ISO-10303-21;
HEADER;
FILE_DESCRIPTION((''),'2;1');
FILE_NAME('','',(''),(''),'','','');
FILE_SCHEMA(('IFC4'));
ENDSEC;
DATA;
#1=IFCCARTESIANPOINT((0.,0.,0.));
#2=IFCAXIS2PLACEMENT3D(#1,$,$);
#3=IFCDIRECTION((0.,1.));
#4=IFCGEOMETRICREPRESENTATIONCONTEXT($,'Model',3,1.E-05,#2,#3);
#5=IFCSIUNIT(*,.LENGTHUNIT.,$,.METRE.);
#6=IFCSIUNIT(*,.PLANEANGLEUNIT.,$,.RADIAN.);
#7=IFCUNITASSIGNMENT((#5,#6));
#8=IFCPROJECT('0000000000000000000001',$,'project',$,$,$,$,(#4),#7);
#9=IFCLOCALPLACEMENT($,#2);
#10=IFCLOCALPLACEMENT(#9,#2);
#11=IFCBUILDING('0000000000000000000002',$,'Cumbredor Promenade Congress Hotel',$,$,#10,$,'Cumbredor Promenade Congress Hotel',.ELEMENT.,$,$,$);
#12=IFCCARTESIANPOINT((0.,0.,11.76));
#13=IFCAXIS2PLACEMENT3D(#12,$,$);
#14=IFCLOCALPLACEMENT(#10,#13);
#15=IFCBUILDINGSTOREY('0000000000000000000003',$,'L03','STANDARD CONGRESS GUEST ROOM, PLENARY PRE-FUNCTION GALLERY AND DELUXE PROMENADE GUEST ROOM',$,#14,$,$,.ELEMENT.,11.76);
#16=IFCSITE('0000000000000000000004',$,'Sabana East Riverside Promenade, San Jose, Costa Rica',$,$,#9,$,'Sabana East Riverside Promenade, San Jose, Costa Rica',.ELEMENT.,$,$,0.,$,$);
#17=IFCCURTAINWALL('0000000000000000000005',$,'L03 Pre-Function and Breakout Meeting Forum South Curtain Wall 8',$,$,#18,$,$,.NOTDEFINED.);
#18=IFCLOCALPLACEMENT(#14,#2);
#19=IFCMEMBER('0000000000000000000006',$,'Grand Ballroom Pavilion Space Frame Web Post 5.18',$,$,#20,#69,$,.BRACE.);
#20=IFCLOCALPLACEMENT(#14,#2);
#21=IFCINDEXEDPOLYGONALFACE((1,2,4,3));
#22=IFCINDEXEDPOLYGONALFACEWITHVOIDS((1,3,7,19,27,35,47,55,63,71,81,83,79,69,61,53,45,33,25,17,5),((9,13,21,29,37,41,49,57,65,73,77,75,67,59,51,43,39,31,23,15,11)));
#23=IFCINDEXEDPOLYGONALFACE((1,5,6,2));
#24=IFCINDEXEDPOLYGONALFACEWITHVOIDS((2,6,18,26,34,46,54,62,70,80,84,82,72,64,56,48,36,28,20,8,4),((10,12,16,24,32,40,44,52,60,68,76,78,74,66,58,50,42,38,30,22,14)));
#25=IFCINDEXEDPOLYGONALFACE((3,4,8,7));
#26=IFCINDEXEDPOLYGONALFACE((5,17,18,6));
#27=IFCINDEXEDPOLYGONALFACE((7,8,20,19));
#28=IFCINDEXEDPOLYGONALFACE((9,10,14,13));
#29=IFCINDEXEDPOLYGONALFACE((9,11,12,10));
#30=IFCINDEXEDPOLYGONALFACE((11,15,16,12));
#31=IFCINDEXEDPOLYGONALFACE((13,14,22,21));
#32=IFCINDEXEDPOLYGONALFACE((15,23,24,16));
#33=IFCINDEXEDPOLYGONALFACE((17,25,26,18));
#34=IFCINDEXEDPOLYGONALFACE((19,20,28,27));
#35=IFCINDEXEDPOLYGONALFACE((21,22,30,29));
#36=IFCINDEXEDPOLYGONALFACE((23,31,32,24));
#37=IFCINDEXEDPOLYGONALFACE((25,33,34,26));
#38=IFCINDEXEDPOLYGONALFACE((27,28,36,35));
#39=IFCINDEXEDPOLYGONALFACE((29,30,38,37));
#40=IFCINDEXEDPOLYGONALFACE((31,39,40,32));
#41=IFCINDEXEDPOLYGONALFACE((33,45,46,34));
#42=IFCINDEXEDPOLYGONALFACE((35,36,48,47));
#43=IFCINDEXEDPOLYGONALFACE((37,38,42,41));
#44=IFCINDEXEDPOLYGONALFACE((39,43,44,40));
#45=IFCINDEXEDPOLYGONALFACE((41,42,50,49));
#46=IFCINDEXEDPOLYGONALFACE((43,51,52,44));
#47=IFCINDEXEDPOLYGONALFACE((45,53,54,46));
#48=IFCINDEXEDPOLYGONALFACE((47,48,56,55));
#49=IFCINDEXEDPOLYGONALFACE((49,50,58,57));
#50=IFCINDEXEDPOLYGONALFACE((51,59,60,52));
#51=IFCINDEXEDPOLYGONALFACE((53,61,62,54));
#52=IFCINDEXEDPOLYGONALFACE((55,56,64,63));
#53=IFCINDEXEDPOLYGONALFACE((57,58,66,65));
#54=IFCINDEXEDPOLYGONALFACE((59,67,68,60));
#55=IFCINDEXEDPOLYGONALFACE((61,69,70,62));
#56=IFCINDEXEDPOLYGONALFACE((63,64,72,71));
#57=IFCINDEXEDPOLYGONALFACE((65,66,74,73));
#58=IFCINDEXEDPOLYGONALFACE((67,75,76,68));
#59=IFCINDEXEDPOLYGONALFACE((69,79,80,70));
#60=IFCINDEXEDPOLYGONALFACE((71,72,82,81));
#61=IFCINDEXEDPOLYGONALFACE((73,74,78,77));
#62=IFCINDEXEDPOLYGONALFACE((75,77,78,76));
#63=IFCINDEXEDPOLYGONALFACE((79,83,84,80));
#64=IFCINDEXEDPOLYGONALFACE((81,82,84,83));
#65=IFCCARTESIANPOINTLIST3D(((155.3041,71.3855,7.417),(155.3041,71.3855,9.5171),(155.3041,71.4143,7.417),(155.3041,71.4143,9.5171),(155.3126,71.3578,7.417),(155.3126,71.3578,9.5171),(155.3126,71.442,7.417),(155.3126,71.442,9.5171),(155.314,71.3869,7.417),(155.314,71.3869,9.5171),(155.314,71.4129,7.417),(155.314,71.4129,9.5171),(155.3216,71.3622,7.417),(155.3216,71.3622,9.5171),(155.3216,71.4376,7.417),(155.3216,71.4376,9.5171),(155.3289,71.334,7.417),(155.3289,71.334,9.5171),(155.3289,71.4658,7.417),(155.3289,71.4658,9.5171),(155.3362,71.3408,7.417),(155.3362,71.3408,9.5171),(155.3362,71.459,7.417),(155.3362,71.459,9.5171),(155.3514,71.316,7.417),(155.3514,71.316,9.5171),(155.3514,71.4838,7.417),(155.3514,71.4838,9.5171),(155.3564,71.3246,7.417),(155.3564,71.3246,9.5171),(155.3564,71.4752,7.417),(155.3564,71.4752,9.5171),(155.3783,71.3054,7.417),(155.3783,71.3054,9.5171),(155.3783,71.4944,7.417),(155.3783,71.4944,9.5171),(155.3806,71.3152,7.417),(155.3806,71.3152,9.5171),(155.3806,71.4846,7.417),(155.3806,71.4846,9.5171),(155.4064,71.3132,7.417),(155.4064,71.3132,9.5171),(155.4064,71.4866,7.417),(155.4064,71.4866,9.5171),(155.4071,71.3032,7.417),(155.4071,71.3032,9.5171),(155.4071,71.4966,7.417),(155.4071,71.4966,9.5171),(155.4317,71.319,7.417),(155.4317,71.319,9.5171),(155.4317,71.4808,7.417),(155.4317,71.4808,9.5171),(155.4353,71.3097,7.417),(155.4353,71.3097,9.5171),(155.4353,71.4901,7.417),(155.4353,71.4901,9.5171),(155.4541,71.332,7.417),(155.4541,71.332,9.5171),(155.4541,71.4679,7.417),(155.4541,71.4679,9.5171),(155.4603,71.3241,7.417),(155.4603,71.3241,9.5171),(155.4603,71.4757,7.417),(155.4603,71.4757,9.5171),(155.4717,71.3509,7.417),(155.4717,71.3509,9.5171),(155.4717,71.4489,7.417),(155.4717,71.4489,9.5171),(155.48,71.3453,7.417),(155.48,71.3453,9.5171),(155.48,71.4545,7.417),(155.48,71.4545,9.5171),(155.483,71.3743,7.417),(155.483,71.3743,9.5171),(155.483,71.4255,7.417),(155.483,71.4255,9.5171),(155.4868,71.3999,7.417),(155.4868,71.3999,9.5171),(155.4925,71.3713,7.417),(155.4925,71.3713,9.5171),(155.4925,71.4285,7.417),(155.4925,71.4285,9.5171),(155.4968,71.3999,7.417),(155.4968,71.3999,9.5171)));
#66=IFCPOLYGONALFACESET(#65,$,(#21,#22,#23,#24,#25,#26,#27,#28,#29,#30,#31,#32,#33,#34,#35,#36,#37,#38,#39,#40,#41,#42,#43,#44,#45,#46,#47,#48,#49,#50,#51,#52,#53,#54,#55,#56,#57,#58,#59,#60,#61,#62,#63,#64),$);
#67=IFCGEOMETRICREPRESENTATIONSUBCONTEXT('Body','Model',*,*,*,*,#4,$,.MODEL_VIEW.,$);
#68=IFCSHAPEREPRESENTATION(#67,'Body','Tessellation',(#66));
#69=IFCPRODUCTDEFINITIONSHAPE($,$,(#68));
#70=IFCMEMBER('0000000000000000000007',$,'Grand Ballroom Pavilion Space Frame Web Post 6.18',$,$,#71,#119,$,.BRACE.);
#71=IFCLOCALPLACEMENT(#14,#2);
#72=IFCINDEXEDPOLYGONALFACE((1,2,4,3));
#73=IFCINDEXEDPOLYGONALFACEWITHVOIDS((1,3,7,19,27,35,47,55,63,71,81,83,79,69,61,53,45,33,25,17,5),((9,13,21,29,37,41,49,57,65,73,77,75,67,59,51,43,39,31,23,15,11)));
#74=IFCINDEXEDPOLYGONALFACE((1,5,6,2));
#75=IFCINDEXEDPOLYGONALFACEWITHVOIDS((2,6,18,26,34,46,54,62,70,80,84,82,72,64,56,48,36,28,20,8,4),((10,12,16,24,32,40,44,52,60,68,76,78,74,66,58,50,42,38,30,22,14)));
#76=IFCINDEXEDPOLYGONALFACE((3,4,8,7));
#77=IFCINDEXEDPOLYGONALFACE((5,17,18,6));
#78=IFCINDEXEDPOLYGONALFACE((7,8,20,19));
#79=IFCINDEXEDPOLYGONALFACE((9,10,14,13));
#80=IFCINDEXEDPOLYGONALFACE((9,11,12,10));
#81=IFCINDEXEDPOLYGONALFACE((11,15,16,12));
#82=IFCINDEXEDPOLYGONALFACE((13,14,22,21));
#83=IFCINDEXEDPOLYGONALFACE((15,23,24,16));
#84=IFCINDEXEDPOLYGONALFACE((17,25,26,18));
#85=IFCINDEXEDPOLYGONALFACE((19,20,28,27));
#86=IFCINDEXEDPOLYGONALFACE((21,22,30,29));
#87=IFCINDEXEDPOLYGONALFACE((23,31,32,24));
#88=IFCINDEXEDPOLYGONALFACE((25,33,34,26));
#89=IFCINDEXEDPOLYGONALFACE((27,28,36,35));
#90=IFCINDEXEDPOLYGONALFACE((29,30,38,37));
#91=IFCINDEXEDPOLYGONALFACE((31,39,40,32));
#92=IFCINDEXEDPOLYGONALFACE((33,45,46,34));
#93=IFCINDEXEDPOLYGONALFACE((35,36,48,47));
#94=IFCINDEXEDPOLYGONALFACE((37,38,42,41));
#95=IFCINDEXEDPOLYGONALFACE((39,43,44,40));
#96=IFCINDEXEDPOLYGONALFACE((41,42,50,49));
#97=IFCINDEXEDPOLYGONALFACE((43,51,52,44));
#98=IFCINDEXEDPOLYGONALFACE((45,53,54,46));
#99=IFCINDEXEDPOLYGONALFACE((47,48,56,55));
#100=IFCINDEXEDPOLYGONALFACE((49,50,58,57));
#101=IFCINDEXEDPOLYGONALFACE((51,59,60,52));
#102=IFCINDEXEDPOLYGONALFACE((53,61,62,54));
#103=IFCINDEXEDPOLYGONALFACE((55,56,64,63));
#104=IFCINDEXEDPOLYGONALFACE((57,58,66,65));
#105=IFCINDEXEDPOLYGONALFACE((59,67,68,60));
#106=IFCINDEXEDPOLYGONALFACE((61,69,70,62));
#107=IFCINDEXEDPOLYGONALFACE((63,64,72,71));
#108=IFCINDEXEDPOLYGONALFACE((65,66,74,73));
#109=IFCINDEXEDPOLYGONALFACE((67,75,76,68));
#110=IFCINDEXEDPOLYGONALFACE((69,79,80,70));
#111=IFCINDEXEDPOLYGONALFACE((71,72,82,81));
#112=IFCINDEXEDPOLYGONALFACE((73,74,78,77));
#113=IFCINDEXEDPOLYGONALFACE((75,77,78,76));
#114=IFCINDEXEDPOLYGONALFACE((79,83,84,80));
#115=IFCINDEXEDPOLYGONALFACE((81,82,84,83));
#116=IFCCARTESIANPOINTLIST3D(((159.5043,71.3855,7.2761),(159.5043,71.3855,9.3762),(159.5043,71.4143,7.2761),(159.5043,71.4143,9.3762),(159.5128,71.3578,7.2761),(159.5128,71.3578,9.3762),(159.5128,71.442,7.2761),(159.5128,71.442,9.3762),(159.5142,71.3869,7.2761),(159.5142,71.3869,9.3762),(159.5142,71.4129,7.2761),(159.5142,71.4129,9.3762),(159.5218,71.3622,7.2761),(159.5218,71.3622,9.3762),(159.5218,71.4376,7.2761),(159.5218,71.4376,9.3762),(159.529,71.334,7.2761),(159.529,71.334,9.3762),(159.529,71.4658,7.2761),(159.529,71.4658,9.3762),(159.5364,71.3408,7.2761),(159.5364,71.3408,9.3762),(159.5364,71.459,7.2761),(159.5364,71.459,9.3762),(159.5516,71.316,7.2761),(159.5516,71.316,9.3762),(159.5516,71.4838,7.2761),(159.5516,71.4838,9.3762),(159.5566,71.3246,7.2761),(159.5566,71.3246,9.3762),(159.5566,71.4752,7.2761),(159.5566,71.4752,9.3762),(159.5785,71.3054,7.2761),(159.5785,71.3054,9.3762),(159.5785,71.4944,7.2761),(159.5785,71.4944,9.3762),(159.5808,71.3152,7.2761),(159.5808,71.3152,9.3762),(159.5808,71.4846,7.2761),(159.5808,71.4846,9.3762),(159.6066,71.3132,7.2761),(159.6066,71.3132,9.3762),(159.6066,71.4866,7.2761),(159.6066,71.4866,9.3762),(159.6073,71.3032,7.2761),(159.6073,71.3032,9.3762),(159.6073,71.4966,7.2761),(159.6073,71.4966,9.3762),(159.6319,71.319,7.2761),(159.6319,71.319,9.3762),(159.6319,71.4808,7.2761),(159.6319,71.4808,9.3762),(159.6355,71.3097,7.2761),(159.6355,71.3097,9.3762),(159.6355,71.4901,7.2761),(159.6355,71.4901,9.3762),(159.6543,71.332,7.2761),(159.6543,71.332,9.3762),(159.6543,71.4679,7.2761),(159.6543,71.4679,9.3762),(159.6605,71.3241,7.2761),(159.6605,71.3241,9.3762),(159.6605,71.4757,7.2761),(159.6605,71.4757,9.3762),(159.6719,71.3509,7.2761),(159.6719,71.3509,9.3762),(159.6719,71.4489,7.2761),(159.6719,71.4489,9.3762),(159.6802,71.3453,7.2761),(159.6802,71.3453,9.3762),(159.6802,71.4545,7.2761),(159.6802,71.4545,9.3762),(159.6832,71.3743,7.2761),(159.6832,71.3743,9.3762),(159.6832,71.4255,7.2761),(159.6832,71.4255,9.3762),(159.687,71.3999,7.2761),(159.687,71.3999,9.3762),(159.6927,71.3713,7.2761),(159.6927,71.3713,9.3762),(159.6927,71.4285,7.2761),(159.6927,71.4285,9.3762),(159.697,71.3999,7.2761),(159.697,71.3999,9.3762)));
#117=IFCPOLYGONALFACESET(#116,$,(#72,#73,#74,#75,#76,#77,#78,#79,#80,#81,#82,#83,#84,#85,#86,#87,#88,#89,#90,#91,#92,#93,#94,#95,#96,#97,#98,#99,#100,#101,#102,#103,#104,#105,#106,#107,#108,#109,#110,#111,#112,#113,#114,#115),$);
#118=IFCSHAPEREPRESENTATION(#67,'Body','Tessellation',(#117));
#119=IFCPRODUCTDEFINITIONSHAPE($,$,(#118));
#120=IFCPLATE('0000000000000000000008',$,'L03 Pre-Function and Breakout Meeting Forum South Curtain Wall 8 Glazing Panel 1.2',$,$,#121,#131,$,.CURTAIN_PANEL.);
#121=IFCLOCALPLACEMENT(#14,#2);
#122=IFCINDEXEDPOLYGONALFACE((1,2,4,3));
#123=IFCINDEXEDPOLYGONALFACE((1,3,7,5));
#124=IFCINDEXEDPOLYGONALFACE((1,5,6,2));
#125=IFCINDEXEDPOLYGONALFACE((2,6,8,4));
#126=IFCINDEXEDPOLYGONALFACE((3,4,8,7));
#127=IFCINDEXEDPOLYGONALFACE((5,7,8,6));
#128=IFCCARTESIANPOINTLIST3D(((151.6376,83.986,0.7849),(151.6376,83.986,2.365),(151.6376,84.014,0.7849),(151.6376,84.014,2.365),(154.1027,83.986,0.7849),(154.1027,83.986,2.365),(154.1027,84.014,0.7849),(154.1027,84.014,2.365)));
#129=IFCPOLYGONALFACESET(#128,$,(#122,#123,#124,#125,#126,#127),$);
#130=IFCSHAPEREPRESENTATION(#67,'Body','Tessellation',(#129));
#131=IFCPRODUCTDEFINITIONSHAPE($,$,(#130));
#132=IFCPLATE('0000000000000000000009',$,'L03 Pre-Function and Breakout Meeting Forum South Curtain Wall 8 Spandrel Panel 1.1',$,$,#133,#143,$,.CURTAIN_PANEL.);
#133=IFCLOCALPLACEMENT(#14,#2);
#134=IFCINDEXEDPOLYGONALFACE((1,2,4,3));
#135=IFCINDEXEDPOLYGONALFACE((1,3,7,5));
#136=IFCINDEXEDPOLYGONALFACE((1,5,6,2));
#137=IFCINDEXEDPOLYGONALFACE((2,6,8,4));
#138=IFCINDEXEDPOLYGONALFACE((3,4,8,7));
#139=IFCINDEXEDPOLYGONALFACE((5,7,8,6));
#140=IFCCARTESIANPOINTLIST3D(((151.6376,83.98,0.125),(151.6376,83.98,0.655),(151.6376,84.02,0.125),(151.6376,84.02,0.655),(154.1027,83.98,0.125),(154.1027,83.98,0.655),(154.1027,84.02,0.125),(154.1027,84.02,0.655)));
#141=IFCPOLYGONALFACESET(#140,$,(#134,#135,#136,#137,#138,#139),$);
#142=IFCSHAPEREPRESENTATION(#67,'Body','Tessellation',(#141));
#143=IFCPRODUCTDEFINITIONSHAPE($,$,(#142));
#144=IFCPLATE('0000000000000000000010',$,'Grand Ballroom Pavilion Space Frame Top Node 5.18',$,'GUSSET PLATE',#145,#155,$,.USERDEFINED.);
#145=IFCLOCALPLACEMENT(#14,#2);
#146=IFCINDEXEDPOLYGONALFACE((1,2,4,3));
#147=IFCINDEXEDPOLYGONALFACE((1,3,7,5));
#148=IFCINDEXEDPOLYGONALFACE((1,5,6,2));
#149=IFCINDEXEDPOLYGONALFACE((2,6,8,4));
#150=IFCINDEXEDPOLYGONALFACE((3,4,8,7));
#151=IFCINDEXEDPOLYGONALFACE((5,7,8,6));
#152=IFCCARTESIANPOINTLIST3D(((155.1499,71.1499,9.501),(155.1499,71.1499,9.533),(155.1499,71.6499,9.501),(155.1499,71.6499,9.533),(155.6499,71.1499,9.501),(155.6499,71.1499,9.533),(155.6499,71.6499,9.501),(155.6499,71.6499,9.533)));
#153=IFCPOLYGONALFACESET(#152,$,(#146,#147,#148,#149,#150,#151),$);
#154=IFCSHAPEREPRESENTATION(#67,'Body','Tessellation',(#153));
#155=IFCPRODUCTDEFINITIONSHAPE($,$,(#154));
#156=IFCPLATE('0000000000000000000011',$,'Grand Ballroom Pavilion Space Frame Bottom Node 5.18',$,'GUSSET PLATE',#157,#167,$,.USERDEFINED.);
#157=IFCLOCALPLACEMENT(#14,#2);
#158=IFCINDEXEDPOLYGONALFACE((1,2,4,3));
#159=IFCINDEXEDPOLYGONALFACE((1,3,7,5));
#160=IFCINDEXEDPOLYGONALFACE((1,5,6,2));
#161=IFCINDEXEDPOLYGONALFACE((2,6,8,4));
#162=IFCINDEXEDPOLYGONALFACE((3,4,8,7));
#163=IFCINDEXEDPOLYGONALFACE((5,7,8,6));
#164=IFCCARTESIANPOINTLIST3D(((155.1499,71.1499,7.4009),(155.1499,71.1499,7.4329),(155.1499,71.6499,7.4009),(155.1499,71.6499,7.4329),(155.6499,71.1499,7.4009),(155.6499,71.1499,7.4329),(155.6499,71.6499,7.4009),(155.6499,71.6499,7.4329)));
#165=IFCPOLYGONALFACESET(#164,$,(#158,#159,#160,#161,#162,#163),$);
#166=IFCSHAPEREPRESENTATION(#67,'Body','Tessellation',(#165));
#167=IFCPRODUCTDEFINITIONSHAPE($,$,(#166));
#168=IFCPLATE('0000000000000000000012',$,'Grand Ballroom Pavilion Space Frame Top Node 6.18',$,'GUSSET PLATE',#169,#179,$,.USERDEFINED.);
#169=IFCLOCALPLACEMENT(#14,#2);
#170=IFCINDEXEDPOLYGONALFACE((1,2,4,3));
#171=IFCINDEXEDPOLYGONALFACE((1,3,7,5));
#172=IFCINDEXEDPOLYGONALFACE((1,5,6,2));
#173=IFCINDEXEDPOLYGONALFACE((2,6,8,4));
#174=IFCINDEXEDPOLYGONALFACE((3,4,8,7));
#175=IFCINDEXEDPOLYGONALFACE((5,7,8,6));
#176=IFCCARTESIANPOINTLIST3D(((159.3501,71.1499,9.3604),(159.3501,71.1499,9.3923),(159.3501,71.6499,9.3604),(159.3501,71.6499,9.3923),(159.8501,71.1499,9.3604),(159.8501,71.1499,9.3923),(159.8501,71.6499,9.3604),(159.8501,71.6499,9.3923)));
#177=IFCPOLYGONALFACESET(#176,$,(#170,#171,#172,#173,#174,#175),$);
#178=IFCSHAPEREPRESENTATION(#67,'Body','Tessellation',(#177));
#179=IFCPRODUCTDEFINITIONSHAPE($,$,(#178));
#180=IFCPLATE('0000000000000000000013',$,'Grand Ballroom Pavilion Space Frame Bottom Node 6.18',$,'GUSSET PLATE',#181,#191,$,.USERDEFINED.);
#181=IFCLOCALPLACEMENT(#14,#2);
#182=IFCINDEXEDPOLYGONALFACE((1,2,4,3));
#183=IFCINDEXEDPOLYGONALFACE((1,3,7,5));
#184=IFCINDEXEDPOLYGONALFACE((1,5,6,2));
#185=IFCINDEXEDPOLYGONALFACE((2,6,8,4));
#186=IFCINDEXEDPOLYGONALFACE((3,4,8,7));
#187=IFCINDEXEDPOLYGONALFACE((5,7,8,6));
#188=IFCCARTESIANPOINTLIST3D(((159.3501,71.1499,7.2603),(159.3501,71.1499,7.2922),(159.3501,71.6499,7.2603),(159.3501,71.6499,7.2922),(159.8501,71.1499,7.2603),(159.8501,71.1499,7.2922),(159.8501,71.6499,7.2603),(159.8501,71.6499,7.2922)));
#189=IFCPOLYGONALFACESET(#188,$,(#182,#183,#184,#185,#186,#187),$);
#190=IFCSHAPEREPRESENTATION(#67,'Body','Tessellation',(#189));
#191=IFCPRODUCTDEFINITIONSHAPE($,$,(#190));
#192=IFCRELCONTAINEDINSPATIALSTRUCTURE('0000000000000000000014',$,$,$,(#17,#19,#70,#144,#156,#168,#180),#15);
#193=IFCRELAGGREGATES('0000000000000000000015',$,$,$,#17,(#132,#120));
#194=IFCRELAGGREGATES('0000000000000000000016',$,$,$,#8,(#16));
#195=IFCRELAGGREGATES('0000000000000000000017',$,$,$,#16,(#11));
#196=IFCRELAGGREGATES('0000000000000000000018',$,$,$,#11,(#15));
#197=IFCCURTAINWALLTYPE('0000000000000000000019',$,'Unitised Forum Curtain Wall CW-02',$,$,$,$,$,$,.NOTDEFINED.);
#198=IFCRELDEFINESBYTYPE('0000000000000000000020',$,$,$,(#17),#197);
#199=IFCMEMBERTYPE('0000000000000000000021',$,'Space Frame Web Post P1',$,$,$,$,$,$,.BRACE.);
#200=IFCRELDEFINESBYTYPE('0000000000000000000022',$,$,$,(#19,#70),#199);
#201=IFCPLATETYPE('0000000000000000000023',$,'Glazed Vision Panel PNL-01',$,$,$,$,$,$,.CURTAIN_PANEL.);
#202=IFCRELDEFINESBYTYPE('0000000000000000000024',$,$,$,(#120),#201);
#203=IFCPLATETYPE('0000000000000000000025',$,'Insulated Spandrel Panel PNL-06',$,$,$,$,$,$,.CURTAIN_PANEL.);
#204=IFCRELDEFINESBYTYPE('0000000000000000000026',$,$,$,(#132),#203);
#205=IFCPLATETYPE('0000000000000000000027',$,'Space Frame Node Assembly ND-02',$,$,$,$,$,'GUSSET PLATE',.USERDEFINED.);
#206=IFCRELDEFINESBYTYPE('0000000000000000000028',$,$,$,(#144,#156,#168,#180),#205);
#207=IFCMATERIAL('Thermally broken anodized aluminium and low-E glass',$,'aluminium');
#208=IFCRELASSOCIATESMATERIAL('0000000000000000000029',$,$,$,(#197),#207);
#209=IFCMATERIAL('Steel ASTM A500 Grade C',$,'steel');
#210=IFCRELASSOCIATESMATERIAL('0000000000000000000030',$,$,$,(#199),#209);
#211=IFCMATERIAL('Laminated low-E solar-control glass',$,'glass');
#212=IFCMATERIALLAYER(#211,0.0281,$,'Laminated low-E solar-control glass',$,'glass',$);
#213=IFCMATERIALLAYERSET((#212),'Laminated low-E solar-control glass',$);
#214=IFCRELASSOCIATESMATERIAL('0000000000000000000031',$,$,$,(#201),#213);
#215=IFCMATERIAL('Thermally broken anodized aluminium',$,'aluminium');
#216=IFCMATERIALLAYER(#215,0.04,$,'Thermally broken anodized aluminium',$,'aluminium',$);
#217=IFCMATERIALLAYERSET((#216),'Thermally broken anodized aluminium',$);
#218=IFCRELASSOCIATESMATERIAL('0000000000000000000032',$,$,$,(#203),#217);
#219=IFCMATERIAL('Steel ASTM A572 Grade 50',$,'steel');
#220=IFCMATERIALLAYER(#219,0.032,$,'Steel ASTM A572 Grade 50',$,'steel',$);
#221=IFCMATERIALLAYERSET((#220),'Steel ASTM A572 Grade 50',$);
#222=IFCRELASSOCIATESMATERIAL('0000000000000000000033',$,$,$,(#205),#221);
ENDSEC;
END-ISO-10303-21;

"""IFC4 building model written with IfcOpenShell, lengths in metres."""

from ifc_helpers import new_model, si_unit, direction, frame, origin, origin_2d, place, context, subcontext, project, spatial, rectangle, hollow_circle, extrude, material, layer, layer_set, material_profile, profile_set, type_object, element, aggregate, save


model = new_model("IFC4")

# Units and contexts
model_context = context("Model", 3, precision=1e-05, world=origin(), true_north=direction((0.0, 1.0)))
body_context = subcontext(model_context, "Body", "Model", "MODEL_VIEW")
ifc_project = project(units=[si_unit("LENGTHUNIT", "METRE"), si_unit("PLANEANGLEUNIT", "RADIAN")], contexts=[model_context])

# Site, building, storey
site_placement = place(None, origin())
site = spatial("IfcSite", under=ifc_project, at=site_placement, Name="Sabana East Riverside Promenade, San Jose, Costa Rica", LongName="Sabana East Riverside Promenade, San Jose, Costa Rica", CompositionType="ELEMENT", RefElevation=0.0)
building_placement = place(site_placement, origin())
building = spatial("IfcBuilding", under=site, at=building_placement, Name="Cumbredor Promenade Congress Hotel", LongName="Cumbredor Promenade Congress Hotel", CompositionType="ELEMENT")
storey_placement = place(building_placement, frame((0.0, 0.0, 11.76)))
storey = spatial("IfcBuildingStorey", under=building, at=storey_placement, Name="L03", Description="STANDARD CONGRESS GUEST ROOM, PLENARY PRE-FUNCTION GALLERY AND DELUXE PROMENADE GUEST ROOM", CompositionType="ELEMENT", Elevation=11.76)

# Shared definitions
ifc_material_1 = material(Name="Steel ASTM A500 Grade C", Category="steel")

# Curtain wall
ifc_material_2 = material(Name="Thermally broken anodized aluminium and low-E glass", Category="aluminium")
curtain_wall_type_1 = type_object("IfcCurtainWallType", Name="Unitised Forum Curtain Wall CW-02", PredefinedType="NOTDEFINED", material=ifc_material_2)
curtain_wall_1_placement = place(storey_placement, origin())
curtain_wall_1 = element("IfcCurtainWall", 1, at=curtain_wall_1_placement, inside=storey, type_object=curtain_wall_type_1, Name="L03 Pre-Function and Breakout Meeting Forum South Curtain Wall 8", PredefinedType="NOTDEFINED")
ifc_material_3 = material(Name="Thermally broken anodized aluminium", Category="aluminium")

# Members
ifc_material_profile_1 = material_profile(ifc_material_1, hollow_circle(Radius=0.0969, WallThickness=0.01, at=origin_2d()), Name="CHS 193.7x10")
ifc_profile_set_1 = profile_set([ifc_material_profile_1], Name="Steel ASTM A500 Grade C")
member_type_1 = type_object("IfcMemberType", Name="Space Frame Web Post P1", PredefinedType="BRACE", material=ifc_profile_set_1)
for number, where, z_axis, x_axis, name in (
    (2, (155.3999, 71.3999, 7.417), (0.0, 0.0, 1.0), (1.0, 0.0, 0.0), "Grand Ballroom Pavilion Space Frame Web Post 5.18"),
    (3, (159.6001, 71.3999, 7.2761), (0.0, 0.0, 1.0), (1.0, 0.0, 0.0), "Grand Ballroom Pavilion Space Frame Web Post 6.18"),
):
    element("IfcMember", number, at=place(storey_placement, frame(where, z_axis=z_axis, x_axis=x_axis)), inside=storey, type_object=member_type_1, Name=name, PredefinedType="BRACE", context=body_context, shape_type="SweptSolid", body=[
        extrude(hollow_circle(Radius=0.0969, WallThickness=0.01, at=origin_2d()), origin(), (0.0, 0.0, 1.0), 2.1001),
    ])

# Plates
ifc_material_4 = material(Name="Laminated low-E solar-control glass", Category="glass")
ifc_layer_1 = layer(ifc_material_4, 0.0281, Name="Laminated low-E solar-control glass", Category="glass")
ifc_layer_set_1 = layer_set([ifc_layer_1], Name="Laminated low-E solar-control glass")
plate_type_1 = type_object("IfcPlateType", Name="Glazed Vision Panel PNL-01", PredefinedType="CURTAIN_PANEL", material=ifc_layer_set_1)
plate_1_placement = place(storey_placement, frame((152.8701, 84.0, 0.7849), z_axis=(0.0, 0.0, 1.0), x_axis=(1.0, 0.0, 0.0)))
plate_1 = element("IfcPlate", 4, at=plate_1_placement, type_object=plate_type_1, Name="L03 Pre-Function and Breakout Meeting Forum South Curtain Wall 8 Glazing Panel 1.2", PredefinedType="CURTAIN_PANEL", context=body_context, shape_type="SweptSolid", body=[
    extrude(rectangle(XDim=2.4651, YDim=0.0281, at=origin_2d()), origin(), (0.0, 0.0, 1.0), 1.5801),
])
ifc_layer_2 = layer(ifc_material_3, 0.04, Name="Thermally broken anodized aluminium", Category="aluminium")
ifc_layer_set_2 = layer_set([ifc_layer_2], Name="Thermally broken anodized aluminium")
plate_type_2 = type_object("IfcPlateType", Name="Insulated Spandrel Panel PNL-06", PredefinedType="CURTAIN_PANEL", material=ifc_layer_set_2)
plate_2_placement = place(storey_placement, frame((152.8701, 84.0, 0.125), z_axis=(0.0, 0.0, 1.0), x_axis=(1.0, 0.0, 0.0)))
plate_2 = element("IfcPlate", 5, at=plate_2_placement, type_object=plate_type_2, Name="L03 Pre-Function and Breakout Meeting Forum South Curtain Wall 8 Spandrel Panel 1.1", PredefinedType="CURTAIN_PANEL", context=body_context, shape_type="SweptSolid", body=[
    extrude(rectangle(XDim=2.4651, YDim=0.04, at=origin_2d()), origin(), (0.0, 0.0, 1.0), 0.53),
])
aggregate(curtain_wall_1, [plate_2, plate_1])

# Plates
ifc_material_5 = material(Name="Steel ASTM A572 Grade 50", Category="steel")
ifc_layer_3 = layer(ifc_material_5, 0.032, Name="Steel ASTM A572 Grade 50", Category="steel")
ifc_layer_set_3 = layer_set([ifc_layer_3], Name="Steel ASTM A572 Grade 50")
plate_type_3 = type_object("IfcPlateType", Name="Space Frame Node Assembly ND-02", ElementType="GUSSET PLATE", PredefinedType="USERDEFINED", material=ifc_layer_set_3)
for number, where, z_axis, x_axis, name in (
    (6, (155.3999, 71.3999, 9.501), (0.0, 0.0, 1.0), (1.0, 0.0, 0.0), "Grand Ballroom Pavilion Space Frame Top Node 5.18"),
    (7, (155.3999, 71.3999, 7.4009), (0.0, 0.0, 1.0), (1.0, 0.0, 0.0), "Grand Ballroom Pavilion Space Frame Bottom Node 5.18"),
    (8, (159.6001, 71.3999, 9.3604), (0.0, 0.0, 1.0), (1.0, 0.0, 0.0), "Grand Ballroom Pavilion Space Frame Top Node 6.18"),
    (9, (159.6001, 71.3999, 7.2603), (0.0, 0.0, 1.0), (1.0, 0.0, 0.0), "Grand Ballroom Pavilion Space Frame Bottom Node 6.18"),
):
    element("IfcPlate", number, at=place(storey_placement, frame(where, z_axis=z_axis, x_axis=x_axis)), inside=storey, type_object=plate_type_3, Name=name, ObjectType="GUSSET PLATE", PredefinedType="USERDEFINED", context=body_context, shape_type="SweptSolid", body=[
        extrude(rectangle(XDim=0.5, YDim=0.5, at=origin_2d()), origin(), (0.0, 0.0, 1.0), 0.032),
    ])

save(model, "model.ifc")
